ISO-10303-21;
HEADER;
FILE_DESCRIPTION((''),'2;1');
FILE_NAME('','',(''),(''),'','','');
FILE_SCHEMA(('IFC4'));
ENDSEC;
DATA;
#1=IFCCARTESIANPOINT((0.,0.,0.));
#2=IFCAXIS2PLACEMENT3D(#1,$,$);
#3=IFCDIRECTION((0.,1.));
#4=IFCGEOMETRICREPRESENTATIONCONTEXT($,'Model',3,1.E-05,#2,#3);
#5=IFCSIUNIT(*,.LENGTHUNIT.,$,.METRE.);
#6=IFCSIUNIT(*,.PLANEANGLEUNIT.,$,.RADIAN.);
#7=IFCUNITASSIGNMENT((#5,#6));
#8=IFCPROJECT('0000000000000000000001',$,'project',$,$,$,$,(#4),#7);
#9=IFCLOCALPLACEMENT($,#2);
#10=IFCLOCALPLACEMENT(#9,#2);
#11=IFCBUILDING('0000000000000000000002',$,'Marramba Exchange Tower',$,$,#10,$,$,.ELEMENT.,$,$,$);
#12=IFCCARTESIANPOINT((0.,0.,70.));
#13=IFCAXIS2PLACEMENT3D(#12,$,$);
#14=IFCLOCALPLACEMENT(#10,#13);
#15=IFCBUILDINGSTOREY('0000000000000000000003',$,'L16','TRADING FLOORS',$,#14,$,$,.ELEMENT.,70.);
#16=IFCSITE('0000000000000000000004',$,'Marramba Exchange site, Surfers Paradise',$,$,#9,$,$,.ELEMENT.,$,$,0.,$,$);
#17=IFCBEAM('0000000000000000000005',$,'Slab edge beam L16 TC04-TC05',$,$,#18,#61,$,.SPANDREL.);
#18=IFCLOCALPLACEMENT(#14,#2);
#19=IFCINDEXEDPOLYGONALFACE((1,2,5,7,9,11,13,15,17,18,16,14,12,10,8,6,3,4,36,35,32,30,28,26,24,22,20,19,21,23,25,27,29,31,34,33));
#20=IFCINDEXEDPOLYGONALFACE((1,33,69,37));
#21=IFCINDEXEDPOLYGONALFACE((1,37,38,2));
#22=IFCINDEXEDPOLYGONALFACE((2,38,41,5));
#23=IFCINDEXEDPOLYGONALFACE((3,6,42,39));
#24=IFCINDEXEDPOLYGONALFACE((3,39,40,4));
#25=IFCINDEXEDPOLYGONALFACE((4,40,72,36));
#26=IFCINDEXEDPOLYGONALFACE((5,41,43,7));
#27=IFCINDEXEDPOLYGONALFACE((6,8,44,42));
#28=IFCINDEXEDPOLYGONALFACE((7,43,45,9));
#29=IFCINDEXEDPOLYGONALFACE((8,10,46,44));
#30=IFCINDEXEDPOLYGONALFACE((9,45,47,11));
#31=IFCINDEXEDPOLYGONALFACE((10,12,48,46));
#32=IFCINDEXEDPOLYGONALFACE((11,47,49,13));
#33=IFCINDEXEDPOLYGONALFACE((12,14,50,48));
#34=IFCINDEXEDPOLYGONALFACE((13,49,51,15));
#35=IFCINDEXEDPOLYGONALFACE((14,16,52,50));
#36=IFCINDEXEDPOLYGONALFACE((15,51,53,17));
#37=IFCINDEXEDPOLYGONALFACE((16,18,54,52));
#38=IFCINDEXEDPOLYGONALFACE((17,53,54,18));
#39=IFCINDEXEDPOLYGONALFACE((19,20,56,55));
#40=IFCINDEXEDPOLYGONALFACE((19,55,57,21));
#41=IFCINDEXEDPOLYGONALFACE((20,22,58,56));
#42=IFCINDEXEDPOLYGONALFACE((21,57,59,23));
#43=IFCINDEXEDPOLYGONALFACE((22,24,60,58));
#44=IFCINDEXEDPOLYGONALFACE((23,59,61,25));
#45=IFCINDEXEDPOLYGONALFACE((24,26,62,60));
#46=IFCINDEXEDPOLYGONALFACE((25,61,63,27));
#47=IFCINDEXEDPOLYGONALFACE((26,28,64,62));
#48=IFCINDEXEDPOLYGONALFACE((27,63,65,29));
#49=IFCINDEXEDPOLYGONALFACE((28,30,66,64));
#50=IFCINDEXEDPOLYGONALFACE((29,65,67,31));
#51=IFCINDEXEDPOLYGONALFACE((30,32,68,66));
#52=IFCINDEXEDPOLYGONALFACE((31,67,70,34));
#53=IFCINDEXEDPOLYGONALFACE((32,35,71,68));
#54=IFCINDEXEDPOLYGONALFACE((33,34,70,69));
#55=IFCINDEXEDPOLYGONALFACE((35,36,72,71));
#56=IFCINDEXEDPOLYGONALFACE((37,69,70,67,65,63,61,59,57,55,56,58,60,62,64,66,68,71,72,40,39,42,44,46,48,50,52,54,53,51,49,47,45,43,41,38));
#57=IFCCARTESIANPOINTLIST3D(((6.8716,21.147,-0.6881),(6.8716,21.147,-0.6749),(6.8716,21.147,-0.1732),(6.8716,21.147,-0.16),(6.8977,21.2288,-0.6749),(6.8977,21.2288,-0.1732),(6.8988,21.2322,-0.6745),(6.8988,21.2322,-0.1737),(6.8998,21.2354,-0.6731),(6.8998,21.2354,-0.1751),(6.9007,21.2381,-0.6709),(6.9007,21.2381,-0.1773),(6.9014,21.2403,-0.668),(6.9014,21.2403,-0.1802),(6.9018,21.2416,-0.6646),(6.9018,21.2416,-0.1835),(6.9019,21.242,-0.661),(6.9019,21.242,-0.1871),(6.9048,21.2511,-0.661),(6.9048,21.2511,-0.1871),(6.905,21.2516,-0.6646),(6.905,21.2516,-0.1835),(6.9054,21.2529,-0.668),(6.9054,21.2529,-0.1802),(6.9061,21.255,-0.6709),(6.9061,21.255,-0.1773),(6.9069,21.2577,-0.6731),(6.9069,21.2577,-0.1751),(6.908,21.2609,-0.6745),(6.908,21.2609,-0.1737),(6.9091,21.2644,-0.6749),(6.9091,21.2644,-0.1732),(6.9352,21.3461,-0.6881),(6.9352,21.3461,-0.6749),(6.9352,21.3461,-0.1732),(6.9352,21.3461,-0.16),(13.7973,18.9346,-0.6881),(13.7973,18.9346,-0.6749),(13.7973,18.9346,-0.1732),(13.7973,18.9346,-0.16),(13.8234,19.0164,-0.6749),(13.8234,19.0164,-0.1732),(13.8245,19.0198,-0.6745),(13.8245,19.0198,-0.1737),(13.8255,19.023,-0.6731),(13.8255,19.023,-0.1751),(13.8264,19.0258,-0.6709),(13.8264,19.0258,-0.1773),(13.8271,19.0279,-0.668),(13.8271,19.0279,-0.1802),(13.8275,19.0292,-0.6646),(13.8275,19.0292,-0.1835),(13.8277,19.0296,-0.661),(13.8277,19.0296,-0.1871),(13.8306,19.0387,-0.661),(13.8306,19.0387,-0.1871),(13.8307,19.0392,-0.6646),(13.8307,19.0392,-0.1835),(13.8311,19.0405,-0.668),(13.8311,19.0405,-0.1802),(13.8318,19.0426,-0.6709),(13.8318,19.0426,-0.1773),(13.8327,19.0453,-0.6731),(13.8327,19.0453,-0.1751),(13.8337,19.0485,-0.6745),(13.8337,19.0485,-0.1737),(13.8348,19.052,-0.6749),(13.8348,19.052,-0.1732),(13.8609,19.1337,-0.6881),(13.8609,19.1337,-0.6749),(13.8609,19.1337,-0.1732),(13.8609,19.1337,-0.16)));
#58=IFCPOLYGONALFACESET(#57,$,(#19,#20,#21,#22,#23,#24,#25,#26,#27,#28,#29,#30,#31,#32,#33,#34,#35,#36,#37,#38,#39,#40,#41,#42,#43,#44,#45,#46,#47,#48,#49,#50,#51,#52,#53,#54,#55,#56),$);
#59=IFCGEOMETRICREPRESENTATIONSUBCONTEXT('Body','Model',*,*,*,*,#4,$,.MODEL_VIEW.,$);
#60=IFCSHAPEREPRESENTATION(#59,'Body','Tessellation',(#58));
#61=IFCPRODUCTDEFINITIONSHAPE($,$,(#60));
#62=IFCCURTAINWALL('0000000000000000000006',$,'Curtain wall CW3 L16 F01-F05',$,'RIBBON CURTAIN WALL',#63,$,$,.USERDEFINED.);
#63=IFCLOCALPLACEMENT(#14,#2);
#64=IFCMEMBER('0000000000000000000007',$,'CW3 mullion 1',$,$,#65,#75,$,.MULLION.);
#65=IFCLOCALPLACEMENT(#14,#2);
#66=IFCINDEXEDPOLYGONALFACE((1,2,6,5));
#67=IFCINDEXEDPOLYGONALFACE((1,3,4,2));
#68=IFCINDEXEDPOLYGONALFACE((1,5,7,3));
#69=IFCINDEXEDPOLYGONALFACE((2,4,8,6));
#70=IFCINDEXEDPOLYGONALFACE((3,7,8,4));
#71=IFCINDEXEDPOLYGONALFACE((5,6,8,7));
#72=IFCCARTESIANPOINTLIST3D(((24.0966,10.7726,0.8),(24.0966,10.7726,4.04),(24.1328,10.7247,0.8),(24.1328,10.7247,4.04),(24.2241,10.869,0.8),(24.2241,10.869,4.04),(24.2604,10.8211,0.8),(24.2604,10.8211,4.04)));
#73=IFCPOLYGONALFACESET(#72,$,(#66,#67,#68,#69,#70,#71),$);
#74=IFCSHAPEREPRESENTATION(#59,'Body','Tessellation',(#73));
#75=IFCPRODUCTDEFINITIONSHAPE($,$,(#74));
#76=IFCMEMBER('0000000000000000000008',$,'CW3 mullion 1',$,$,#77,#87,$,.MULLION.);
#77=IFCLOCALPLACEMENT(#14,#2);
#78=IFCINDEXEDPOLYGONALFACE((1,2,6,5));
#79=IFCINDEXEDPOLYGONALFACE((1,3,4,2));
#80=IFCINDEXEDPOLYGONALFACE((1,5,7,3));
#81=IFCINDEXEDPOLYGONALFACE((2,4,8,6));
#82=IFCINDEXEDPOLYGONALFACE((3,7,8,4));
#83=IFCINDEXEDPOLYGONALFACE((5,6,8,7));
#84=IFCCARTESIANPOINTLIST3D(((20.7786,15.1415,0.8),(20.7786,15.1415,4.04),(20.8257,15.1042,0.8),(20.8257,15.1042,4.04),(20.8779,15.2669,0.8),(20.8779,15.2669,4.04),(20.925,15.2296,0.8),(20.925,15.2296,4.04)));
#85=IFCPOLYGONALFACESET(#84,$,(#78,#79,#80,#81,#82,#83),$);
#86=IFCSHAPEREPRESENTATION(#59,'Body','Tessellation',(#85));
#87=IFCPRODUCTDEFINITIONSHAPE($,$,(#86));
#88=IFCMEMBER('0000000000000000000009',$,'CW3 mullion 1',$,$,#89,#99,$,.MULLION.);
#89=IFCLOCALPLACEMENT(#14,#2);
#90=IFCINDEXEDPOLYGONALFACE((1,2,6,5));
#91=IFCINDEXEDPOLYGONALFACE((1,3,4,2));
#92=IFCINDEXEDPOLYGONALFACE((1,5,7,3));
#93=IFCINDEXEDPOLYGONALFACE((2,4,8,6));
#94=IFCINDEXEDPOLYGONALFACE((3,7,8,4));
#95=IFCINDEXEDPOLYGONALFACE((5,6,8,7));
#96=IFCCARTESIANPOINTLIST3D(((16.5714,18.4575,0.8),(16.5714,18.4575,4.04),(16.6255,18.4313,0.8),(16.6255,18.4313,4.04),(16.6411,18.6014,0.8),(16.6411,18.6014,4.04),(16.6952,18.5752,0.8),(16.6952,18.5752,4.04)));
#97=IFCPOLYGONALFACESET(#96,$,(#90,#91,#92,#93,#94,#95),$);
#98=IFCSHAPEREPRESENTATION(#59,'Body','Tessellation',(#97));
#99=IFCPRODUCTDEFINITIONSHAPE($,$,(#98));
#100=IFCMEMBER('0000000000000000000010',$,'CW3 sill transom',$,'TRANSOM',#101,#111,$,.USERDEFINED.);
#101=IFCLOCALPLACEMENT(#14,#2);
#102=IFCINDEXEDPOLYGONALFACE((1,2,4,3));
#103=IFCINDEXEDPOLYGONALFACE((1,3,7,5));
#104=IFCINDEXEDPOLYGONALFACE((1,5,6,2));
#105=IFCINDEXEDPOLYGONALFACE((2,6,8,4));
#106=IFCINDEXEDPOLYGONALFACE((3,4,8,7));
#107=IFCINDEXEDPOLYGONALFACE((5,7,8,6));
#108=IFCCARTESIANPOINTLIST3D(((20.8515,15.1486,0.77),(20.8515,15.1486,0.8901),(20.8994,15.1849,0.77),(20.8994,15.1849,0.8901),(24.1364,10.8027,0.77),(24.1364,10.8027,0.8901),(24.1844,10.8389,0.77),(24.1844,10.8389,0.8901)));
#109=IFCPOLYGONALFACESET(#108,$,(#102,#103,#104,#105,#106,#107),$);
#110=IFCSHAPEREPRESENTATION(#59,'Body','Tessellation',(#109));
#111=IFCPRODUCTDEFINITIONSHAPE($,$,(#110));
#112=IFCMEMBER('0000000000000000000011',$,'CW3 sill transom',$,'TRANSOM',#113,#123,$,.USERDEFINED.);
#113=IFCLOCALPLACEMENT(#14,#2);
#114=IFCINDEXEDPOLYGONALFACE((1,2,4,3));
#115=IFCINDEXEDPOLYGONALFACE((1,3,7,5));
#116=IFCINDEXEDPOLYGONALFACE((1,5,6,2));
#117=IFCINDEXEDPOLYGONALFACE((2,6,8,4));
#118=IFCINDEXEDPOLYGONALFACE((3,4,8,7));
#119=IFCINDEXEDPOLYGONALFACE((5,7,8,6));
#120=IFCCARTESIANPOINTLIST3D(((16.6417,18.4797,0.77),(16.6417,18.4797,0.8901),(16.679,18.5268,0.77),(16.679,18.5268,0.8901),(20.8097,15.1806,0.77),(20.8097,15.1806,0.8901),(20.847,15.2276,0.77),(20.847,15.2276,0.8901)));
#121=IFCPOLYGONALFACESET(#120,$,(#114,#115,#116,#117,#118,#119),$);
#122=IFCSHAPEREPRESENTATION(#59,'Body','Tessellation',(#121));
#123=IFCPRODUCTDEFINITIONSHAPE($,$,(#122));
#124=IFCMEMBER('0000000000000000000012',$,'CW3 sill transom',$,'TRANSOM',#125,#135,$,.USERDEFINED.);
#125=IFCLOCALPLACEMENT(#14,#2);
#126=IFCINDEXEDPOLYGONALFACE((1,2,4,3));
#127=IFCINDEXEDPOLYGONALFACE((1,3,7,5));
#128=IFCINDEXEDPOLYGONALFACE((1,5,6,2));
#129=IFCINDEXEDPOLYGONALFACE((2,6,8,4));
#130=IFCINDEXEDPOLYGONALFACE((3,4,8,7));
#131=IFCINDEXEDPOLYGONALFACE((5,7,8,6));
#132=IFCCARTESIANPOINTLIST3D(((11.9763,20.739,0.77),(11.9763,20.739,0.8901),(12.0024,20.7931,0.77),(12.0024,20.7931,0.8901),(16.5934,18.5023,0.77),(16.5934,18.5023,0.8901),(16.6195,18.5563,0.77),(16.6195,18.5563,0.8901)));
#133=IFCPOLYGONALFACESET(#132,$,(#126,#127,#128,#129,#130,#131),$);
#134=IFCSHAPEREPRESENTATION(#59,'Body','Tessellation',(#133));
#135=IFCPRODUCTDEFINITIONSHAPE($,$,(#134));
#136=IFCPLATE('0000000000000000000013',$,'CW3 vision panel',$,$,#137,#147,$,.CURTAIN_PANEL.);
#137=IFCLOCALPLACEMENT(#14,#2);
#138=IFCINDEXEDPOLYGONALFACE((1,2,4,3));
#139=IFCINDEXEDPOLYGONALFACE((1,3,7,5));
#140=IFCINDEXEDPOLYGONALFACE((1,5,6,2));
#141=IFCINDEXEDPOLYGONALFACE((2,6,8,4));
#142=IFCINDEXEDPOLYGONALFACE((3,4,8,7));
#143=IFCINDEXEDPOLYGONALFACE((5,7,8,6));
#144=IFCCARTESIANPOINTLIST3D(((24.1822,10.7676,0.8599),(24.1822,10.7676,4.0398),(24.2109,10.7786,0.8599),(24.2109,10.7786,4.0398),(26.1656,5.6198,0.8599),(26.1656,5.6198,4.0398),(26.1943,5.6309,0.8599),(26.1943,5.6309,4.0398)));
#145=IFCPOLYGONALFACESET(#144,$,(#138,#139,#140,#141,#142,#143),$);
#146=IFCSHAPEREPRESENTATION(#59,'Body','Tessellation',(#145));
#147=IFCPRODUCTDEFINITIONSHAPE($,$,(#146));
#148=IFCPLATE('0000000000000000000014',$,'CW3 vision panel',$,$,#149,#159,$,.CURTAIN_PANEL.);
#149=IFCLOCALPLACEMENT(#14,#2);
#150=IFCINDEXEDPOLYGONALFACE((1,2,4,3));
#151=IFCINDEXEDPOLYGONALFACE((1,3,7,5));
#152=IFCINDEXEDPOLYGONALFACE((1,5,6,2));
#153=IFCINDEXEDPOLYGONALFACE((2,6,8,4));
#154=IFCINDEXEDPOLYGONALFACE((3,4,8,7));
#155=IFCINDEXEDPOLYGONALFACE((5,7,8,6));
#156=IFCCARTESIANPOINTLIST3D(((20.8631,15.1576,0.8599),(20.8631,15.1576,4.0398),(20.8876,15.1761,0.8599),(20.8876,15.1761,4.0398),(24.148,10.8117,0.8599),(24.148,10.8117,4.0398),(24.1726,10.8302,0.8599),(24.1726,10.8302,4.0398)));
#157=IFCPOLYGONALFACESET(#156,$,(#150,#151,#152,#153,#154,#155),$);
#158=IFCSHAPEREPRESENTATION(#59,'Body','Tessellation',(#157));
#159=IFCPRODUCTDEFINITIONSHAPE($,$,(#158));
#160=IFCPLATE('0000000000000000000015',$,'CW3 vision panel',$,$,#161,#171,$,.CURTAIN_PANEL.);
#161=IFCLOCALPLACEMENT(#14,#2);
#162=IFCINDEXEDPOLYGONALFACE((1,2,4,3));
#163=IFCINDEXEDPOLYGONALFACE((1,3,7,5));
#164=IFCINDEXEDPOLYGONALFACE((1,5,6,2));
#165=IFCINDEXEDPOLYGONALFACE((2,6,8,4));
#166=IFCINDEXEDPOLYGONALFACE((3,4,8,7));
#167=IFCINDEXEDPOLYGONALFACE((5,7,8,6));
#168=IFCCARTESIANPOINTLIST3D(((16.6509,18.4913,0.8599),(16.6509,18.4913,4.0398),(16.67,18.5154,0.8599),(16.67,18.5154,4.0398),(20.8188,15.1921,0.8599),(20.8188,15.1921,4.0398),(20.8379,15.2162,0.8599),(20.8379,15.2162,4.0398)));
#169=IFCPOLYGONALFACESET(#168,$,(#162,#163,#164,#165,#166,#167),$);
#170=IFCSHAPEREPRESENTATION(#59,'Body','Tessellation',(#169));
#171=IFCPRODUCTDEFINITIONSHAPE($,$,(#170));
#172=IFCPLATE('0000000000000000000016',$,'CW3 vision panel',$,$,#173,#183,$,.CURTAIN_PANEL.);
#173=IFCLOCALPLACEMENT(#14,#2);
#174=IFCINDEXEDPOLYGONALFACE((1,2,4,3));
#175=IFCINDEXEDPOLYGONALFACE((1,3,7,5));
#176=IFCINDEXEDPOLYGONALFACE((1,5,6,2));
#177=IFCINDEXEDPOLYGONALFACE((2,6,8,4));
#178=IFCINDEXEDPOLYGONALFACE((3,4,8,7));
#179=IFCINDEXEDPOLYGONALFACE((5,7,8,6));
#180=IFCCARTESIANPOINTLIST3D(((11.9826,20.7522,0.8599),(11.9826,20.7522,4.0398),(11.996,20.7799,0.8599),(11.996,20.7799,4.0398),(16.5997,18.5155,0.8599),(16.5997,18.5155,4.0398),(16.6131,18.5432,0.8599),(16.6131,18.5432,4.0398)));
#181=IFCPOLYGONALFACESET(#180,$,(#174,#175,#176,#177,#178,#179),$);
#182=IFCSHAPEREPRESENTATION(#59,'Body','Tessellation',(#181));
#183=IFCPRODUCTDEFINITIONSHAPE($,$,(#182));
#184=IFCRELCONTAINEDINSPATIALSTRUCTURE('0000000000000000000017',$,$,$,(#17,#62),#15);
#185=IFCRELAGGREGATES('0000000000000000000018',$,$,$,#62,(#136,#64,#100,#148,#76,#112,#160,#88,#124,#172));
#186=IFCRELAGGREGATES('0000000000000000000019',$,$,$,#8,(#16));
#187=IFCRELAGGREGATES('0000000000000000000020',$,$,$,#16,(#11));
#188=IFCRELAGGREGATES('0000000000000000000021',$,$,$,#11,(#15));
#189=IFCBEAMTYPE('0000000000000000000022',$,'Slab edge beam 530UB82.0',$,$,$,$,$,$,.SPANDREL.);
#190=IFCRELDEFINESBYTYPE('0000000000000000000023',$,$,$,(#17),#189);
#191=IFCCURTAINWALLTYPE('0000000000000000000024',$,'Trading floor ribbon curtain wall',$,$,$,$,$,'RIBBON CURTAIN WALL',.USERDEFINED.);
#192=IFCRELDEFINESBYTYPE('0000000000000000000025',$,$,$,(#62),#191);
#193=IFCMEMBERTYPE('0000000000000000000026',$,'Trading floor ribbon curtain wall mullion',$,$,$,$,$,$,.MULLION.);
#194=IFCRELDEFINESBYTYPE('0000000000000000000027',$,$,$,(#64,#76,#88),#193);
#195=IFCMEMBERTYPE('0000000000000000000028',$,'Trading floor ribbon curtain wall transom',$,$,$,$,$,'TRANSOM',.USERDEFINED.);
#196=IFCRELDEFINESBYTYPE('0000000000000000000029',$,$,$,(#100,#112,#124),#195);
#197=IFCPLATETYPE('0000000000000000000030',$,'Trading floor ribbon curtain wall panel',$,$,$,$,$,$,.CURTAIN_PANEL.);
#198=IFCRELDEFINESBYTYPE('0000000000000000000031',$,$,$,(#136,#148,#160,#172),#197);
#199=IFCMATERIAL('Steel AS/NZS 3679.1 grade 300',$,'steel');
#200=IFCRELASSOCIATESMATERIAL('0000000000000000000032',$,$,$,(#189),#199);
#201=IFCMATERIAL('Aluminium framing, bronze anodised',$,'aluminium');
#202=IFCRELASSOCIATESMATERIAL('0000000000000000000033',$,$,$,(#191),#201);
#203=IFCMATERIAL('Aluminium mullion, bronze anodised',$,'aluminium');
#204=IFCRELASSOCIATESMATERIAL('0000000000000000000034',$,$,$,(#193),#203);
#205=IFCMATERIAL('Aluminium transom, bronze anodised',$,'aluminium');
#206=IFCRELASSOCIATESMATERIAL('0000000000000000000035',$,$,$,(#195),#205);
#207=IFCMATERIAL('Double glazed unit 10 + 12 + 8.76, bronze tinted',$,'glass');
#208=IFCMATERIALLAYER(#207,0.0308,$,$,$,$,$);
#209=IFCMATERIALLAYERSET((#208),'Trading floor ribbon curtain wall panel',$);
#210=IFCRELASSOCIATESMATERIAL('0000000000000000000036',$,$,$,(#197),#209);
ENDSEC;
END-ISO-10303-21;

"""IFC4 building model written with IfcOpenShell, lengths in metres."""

from ifc_helpers import new_model, si_unit, direction, frame, origin, origin_2d, place, context, subcontext, project, spatial, rectangle, i_section, extrude, material, layer, layer_set, material_profile, profile_set, type_object, element, aggregate, save


model = new_model("IFC4")

# Units and contexts
model_context = context("Model", 3, precision=1e-05, world=origin(), true_north=direction((0.0, 1.0)))
body_context = subcontext(model_context, "Body", "Model", "MODEL_VIEW")
ifc_project = project(units=[si_unit("LENGTHUNIT", "METRE"), si_unit("PLANEANGLEUNIT", "RADIAN")], contexts=[model_context])

# Site, building, storey
site_placement = place(None, origin())
site = spatial("IfcSite", under=ifc_project, at=site_placement, Name="Marramba Exchange site, Surfers Paradise", CompositionType="ELEMENT", RefElevation=0.0)
building_placement = place(site_placement, origin())
building = spatial("IfcBuilding", under=site, at=building_placement, Name="Marramba Exchange Tower", CompositionType="ELEMENT")
storey_placement = place(building_placement, frame((0.0, 0.0, 70.0)))
storey = spatial("IfcBuildingStorey", under=building, at=storey_placement, Name="L16", Description="TRADING FLOORS", CompositionType="ELEMENT", Elevation=70.0)

# Beam
ifc_material_1 = material(Name="Steel AS/NZS 3679.1 grade 300", Category="steel")
ifc_material_profile_1 = material_profile(ifc_material_1, i_section(OverallWidth=0.209, OverallDepth=0.5281, WebThickness=0.0095, FlangeThickness=0.0132, FilletRadius=0.0139, at=origin_2d()), Name="530UB82.0")
ifc_profile_set_1 = profile_set([ifc_material_profile_1], Name="Steel AS/NZS 3679.1 grade 300")
beam_type_1 = type_object("IfcBeamType", Name="Slab edge beam 530UB82.0", PredefinedType="SPANDREL", material=ifc_profile_set_1)
beam_1_placement = place(storey_placement, frame((13.8291, 19.0342, -0.4241), z_axis=(-0.952578, 0.304296, 0.0), x_axis=(-0.304296, -0.952578, 0.0)))
element("IfcBeam", 1, at=beam_1_placement, inside=storey, type_object=beam_type_1, Name="Slab edge beam L16 TC04-TC05", PredefinedType="SPANDREL", context=body_context, shape_type="SweptSolid", body=[
    extrude(i_section(OverallWidth=0.209, OverallDepth=0.5281, WebThickness=0.0095, FlangeThickness=0.0132, FilletRadius=0.0139, at=origin_2d()), origin(), (0.0, 0.0, 1.0), 7.2705),
])

# Curtain wall, members, plates
ifc_material_2 = material(Name="Aluminium framing, bronze anodised", Category="aluminium")
curtain_wall_type = type_object("IfcCurtainWallType", Name="Trading floor ribbon curtain wall", ElementType="RIBBON CURTAIN WALL", PredefinedType="USERDEFINED", material=ifc_material_2)
curtain_wall_placement = place(storey_placement, origin())
curtain_wall = element("IfcCurtainWall", 2, at=curtain_wall_placement, inside=storey, type_object=curtain_wall_type, Name="Curtain wall CW3 L16 F01-F05", ObjectType="RIBBON CURTAIN WALL", PredefinedType="USERDEFINED")
ifc_material_3 = material(Name="Aluminium mullion, bronze anodised", Category="aluminium")
ifc_material_profile_2 = material_profile(ifc_material_3, rectangle(XDim=0.1599, YDim=0.0601, at=origin_2d()), Name="CW3 mullion 60x160")
ifc_profile_set_2 = profile_set([ifc_material_profile_2], Name="Aluminium mullion, bronze anodised")
member_type_1 = type_object("IfcMemberType", Name="Trading floor ribbon curtain wall mullion", PredefinedType="MULLION", material=ifc_profile_set_2)
member_1_placement = place(storey_placement, frame((24.1785, 10.7969, 0.8), z_axis=(0.0, 0.0, 1.0), x_axis=(-0.797749, -0.60299, 0.0)))
member_1 = element("IfcMember", 3, at=member_1_placement, type_object=member_type_1, Name="CW3 mullion 1", PredefinedType="MULLION", context=body_context, shape_type="SweptSolid", body=[
    extrude(rectangle(XDim=0.1599, YDim=0.0601, at=origin_2d()), origin(), (0.0, 0.0, 1.0), 3.24),
])
member_2_placement = place(storey_placement, frame((20.8518, 15.1855, 0.8), z_axis=(0.0, 0.0, 1.0), x_axis=(-0.62065, -0.784088, 0.0)))
member_2 = element("IfcMember", 4, at=member_2_placement, type_object=member_type_1, Name="CW3 mullion 1", PredefinedType="MULLION", context=body_context, shape_type="SweptSolid", body=[
    extrude(rectangle(XDim=0.1599, YDim=0.0601, at=origin_2d()), origin(), (0.0, 0.0, 1.0), 3.24),
])
member_3_placement = place(storey_placement, frame((16.6333, 18.5164, 0.8), z_axis=(0.0, 0.0, 1.0), x_axis=(-0.435965, -0.899963, 0.0)))
member_3 = element("IfcMember", 5, at=member_3_placement, type_object=member_type_1, Name="CW3 mullion 1", PredefinedType="MULLION", context=body_context, shape_type="SweptSolid", body=[
    extrude(rectangle(XDim=0.1599, YDim=0.0601, at=origin_2d()), origin(), (0.0, 0.0, 1.0), 3.24),
])
ifc_material_4 = material(Name="Aluminium transom, bronze anodised", Category="aluminium")
ifc_material_profile_3 = material_profile(ifc_material_4, rectangle(XDim=0.0601, YDim=0.1201, at=origin_2d()), Name="CW3 transom 60x120")
ifc_profile_set_3 = profile_set([ifc_material_profile_3], Name="Aluminium transom, bronze anodised")
member_type_2 = type_object("IfcMemberType", Name="Trading floor ribbon curtain wall transom", ElementType="TRANSOM", PredefinedType="USERDEFINED", material=ifc_profile_set_3)
member_4_placement = place(storey_placement, frame((24.1604, 10.8208, 0.8301), z_axis=(-0.602986, 0.797752, 0.0), x_axis=(-0.797752, -0.602986, 0.0)))
member_4 = element("IfcMember", 6, at=member_4_placement, type_object=member_type_2, Name="CW3 sill transom", ObjectType="TRANSOM", PredefinedType="USERDEFINED", context=body_context, shape_type="SweptSolid", body=[
    extrude(rectangle(XDim=0.0601, YDim=0.1201, at=origin_2d()), origin(), (0.0, 0.0, 1.0), 5.4478),
])
member_5_placement = place(storey_placement, frame((20.8284, 15.2041, 0.8301), z_axis=(-0.784098, 0.620637, 0.0), x_axis=(-0.620637, -0.784098, 0.0)))
member_5 = element("IfcMember", 7, at=member_5_placement, type_object=member_type_2, Name="CW3 sill transom", ObjectType="TRANSOM", PredefinedType="USERDEFINED", context=body_context, shape_type="SweptSolid", body=[
    extrude(rectangle(XDim=0.0601, YDim=0.1201, at=origin_2d()), origin(), (0.0, 0.0, 1.0), 5.3157),
])
member_6_placement = place(storey_placement, frame((16.6064, 18.5293, 0.8301), z_axis=(-0.899953, 0.435986, 0.0), x_axis=(-0.435986, -0.899953, 0.0)))
member_6 = element("IfcMember", 8, at=member_6_placement, type_object=member_type_2, Name="CW3 sill transom", ObjectType="TRANSOM", PredefinedType="USERDEFINED", context=body_context, shape_type="SweptSolid", body=[
    extrude(rectangle(XDim=0.0601, YDim=0.1201, at=origin_2d()), origin(), (0.0, 0.0, 1.0), 5.1304),
])
ifc_material_5 = material(Name="Double glazed unit 10 + 12 + 8.76, bronze tinted", Category="glass")
ifc_layer_1 = layer(ifc_material_5, 0.0308)
ifc_layer_set_1 = layer_set([ifc_layer_1], Name="Trading floor ribbon curtain wall panel")
plate_type = type_object("IfcPlateType", Name="Trading floor ribbon curtain wall panel", PredefinedType="CURTAIN_PANEL", material=ifc_layer_set_1)
plate_1_placement = place(storey_placement, frame((25.1882, 8.1992, 0.8599), z_axis=(0.0, 0.0, 1.0), x_axis=(-0.359526, 0.933135, 0.0)))
plate_1 = element("IfcPlate", 9, at=plate_1_placement, type_object=plate_type, Name="CW3 vision panel", PredefinedType="CURTAIN_PANEL", context=body_context, shape_type="SweptSolid", body=[
    extrude(rectangle(XDim=5.5166, YDim=0.0308, at=origin_2d()), origin(), (0.0, 0.0, 1.0), 3.1799),
])
plate_2_placement = place(storey_placement, frame((22.5178, 12.9939, 0.8599), z_axis=(0.0, 0.0, 1.0), x_axis=(-0.60299, 0.797749, 0.0)))
plate_2 = element("IfcPlate", 10, at=plate_2_placement, type_object=plate_type, Name="CW3 vision panel", PredefinedType="CURTAIN_PANEL", context=body_context, shape_type="SweptSolid", body=[
    extrude(rectangle(XDim=5.4478, YDim=0.0308, at=origin_2d()), origin(), (0.0, 0.0, 1.0), 3.1799),
])
plate_3_placement = place(storey_placement, frame((18.7444, 16.8538, 0.8599), z_axis=(0.0, 0.0, 1.0), x_axis=(-0.784088, 0.62065, 0.0)))
plate_3 = element("IfcPlate", 11, at=plate_3_placement, type_object=plate_type, Name="CW3 vision panel", PredefinedType="CURTAIN_PANEL", context=body_context, shape_type="SweptSolid", body=[
    extrude(rectangle(XDim=5.3157, YDim=0.0308, at=origin_2d()), origin(), (0.0, 0.0, 1.0), 3.1799),
])
plate_4_placement = place(storey_placement, frame((14.2979, 19.6477, 0.8599), z_axis=(0.0, 0.0, 1.0), x_axis=(-0.899963, 0.435965, 0.0)))
plate_4 = element("IfcPlate", 12, at=plate_4_placement, type_object=plate_type, Name="CW3 vision panel", PredefinedType="CURTAIN_PANEL", context=body_context, shape_type="SweptSolid", body=[
    extrude(rectangle(XDim=5.1304, YDim=0.0308, at=origin_2d()), origin(), (0.0, 0.0, 1.0), 3.1799),
])
aggregate(curtain_wall, [plate_1, member_1, member_4, plate_2, member_2, member_5, plate_3, member_3, member_6, plate_4])

save(model, "model.ifc")
